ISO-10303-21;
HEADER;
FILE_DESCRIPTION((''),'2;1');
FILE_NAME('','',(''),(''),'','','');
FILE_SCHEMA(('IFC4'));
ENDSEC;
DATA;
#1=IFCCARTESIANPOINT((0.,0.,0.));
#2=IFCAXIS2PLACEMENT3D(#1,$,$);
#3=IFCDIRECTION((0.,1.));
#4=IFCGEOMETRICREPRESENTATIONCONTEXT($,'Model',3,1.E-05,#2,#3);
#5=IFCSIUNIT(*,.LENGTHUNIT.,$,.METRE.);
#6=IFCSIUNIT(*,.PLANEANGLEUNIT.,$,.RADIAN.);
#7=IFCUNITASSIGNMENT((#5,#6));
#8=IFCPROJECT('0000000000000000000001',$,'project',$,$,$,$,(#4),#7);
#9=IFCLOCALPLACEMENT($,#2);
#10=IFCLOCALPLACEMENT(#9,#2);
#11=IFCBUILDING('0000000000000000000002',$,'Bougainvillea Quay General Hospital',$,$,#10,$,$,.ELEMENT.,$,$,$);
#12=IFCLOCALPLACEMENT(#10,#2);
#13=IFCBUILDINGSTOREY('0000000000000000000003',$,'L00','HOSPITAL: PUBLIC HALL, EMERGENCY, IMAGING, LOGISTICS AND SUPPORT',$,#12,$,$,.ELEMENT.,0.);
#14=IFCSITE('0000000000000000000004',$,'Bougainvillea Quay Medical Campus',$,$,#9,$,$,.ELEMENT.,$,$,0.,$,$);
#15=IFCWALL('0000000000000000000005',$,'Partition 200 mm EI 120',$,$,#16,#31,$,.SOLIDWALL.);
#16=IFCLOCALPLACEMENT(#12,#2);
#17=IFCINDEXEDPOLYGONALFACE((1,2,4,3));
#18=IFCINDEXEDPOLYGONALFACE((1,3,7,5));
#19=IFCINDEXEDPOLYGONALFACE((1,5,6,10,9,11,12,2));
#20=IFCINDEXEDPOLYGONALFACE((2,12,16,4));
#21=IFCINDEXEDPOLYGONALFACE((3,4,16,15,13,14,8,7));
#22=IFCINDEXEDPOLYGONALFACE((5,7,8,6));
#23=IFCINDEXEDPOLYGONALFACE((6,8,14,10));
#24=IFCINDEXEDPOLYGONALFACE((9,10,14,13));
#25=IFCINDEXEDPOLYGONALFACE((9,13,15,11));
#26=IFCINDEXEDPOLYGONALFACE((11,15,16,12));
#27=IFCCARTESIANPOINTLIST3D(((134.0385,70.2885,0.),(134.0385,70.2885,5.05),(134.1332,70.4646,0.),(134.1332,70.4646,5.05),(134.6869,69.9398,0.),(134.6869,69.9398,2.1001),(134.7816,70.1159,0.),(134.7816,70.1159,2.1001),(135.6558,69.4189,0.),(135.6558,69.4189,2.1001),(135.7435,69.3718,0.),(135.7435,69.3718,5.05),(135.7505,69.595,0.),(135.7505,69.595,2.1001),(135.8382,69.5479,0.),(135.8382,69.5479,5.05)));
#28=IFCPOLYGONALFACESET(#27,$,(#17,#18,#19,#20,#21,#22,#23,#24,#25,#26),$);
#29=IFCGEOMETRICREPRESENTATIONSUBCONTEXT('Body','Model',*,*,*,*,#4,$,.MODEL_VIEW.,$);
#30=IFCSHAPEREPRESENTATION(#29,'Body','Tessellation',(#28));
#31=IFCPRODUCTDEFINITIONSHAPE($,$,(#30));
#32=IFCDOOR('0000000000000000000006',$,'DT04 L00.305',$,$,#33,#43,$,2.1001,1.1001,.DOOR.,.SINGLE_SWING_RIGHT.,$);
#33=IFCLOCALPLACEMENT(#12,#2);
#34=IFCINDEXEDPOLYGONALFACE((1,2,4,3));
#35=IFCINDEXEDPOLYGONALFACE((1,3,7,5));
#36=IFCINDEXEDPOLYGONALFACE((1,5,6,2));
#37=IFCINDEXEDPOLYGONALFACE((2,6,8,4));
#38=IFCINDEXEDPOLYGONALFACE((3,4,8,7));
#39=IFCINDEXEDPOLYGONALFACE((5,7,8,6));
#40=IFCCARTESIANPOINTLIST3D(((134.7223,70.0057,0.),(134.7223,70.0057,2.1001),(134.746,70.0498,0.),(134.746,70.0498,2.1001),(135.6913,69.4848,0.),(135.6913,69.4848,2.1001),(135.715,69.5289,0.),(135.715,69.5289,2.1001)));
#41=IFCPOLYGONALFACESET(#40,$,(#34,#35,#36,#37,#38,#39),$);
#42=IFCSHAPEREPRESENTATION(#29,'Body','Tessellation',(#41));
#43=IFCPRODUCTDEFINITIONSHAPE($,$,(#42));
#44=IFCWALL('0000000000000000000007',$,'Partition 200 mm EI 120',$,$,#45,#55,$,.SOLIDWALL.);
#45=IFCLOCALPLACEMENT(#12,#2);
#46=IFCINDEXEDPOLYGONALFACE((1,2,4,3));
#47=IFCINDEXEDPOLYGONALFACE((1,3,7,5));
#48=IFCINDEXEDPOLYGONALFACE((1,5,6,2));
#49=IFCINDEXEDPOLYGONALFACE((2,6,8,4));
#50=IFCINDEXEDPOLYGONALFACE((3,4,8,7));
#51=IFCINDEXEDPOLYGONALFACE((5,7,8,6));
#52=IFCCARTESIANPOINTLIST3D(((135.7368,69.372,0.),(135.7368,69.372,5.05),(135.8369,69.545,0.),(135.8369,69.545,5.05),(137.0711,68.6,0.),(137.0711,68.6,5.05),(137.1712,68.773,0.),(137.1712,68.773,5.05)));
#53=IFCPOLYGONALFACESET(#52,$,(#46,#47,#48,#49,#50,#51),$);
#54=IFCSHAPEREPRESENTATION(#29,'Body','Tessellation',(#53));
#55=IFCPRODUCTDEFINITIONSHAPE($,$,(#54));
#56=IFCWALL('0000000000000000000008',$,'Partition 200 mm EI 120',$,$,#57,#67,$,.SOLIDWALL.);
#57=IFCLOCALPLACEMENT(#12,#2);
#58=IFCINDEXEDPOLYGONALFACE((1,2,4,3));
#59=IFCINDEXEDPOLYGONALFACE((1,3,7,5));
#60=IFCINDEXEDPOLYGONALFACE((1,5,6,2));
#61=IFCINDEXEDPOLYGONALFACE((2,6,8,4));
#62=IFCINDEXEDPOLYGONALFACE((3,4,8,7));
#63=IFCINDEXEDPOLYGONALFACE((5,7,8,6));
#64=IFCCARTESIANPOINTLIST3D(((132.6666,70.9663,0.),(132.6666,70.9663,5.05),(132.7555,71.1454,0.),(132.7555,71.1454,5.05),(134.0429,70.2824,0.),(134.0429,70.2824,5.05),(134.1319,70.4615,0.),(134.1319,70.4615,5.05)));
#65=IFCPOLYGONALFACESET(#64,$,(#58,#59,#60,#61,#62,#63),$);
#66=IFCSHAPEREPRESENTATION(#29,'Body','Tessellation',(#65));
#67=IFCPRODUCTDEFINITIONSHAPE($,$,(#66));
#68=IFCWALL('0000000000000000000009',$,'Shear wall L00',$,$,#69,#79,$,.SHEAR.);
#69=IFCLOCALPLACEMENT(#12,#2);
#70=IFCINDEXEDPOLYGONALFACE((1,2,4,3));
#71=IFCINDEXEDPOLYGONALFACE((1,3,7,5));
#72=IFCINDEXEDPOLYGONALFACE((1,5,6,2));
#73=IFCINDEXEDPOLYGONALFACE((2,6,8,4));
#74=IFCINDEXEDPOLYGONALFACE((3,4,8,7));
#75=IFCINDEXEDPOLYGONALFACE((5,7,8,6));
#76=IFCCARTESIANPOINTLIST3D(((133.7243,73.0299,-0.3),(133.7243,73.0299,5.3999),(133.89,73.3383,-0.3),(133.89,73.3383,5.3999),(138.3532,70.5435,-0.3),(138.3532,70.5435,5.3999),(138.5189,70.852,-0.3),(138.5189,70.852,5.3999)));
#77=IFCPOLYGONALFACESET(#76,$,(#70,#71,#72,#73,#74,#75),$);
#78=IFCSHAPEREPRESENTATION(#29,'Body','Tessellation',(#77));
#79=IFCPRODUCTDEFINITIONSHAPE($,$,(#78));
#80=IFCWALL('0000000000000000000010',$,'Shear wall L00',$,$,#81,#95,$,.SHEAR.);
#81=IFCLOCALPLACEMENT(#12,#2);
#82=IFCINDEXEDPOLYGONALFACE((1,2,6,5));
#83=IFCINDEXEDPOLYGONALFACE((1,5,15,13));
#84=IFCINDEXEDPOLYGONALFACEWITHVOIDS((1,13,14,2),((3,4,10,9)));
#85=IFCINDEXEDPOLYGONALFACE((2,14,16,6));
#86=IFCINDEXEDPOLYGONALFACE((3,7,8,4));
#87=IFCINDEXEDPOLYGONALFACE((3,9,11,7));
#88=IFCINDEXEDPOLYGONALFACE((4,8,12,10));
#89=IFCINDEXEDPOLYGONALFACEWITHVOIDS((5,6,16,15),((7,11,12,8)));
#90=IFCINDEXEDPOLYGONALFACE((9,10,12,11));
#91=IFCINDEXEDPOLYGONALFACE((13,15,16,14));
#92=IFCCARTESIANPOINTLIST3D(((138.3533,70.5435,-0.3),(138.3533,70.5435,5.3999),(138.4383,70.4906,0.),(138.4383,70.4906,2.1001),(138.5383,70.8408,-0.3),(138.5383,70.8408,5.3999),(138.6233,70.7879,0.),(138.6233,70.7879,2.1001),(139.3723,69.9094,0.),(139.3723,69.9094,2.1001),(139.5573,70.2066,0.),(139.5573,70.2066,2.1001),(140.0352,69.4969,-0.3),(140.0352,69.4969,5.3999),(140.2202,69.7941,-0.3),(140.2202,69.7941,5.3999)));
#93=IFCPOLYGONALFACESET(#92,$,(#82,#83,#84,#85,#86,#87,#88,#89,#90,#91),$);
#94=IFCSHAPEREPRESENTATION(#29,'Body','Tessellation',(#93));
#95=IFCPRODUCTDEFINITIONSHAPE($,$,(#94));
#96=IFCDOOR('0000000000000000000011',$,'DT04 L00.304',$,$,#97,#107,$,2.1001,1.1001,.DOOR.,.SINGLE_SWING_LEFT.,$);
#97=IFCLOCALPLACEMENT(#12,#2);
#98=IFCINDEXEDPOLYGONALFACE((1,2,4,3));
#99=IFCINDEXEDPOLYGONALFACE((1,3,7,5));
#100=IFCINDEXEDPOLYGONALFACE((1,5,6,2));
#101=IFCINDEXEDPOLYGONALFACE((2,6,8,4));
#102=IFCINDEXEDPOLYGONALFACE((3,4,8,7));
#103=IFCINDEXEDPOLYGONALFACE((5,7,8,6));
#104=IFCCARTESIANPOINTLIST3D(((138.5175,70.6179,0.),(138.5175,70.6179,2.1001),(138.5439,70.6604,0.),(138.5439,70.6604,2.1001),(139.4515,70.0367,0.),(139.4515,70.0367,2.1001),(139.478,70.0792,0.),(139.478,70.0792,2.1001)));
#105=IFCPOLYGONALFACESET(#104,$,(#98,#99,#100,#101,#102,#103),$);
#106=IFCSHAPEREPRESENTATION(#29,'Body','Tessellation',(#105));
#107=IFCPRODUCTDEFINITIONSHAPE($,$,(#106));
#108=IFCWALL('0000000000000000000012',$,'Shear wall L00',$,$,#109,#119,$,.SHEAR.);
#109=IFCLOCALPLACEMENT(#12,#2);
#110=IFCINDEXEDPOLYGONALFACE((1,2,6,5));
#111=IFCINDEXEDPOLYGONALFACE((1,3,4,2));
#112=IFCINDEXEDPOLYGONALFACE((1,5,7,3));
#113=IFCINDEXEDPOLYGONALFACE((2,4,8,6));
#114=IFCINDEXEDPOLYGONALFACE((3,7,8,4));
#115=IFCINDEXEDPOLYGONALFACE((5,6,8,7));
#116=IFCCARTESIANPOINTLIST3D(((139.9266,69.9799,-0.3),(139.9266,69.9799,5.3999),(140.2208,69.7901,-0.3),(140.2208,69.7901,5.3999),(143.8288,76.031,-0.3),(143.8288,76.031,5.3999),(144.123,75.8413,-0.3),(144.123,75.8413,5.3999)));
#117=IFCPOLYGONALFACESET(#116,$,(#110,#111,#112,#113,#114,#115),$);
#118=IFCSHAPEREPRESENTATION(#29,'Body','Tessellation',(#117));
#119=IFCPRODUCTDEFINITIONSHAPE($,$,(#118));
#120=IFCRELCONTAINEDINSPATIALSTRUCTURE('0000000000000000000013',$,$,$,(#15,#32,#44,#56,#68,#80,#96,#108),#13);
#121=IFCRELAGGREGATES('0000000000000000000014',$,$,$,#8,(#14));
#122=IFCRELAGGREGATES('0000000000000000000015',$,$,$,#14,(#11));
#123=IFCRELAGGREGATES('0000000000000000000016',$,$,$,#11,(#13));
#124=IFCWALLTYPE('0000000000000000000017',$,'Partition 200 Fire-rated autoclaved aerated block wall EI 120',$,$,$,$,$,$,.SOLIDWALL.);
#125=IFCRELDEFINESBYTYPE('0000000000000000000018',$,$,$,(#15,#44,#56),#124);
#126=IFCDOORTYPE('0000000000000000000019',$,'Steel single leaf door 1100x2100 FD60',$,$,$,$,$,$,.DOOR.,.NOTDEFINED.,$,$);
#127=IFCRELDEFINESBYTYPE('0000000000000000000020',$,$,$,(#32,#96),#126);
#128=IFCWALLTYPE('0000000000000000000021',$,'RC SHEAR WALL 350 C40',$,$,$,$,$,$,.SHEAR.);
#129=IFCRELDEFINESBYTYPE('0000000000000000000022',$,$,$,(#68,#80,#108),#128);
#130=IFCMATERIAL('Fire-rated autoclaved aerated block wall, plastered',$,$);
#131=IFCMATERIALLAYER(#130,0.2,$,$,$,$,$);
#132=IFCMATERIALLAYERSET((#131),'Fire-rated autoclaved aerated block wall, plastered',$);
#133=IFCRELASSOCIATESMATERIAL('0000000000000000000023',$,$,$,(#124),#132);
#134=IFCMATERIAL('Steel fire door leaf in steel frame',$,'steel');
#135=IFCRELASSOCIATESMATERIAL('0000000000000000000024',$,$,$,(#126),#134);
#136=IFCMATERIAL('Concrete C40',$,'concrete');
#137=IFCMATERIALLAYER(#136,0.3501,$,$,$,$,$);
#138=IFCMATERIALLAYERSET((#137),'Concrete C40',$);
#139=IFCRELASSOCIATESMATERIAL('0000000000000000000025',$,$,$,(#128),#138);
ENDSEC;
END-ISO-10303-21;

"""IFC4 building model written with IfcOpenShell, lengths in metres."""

from ifc_helpers import new_model, si_unit, direction, frame, frame_2d, origin, place, context, subcontext, project, spatial, rectangle, extrude, material, layer, layer_set, type_object, element, fill, save


model = new_model("IFC4")

# Units and contexts
model_context = context("Model", 3, precision=1e-05, world=origin(), true_north=direction((0.0, 1.0)))
body_context = subcontext(model_context, "Body", "Model", "MODEL_VIEW")
ifc_project = project(units=[si_unit("LENGTHUNIT", "METRE"), si_unit("PLANEANGLEUNIT", "RADIAN")], contexts=[model_context])

# Site, building, storey
site_placement = place(None, origin())
site = spatial("IfcSite", under=ifc_project, at=site_placement, Name="Bougainvillea Quay Medical Campus", CompositionType="ELEMENT", RefElevation=0.0)
building_placement = place(site_placement, origin())
building = spatial("IfcBuilding", under=site, at=building_placement, Name="Bougainvillea Quay General Hospital", CompositionType="ELEMENT")
storey_placement = place(building_placement, origin())
storey = spatial("IfcBuildingStorey", under=building, at=storey_placement, Name="L00", Description="HOSPITAL: PUBLIC HALL, EMERGENCY, IMAGING, LOGISTICS AND SUPPORT", CompositionType="ELEMENT", Elevation=0.0)

# Shared definitions
ifc_material_1 = material(Name="Concrete C40", Category="concrete")

# Shared definitions
ifc_material_2 = material(Name="Fire-rated autoclaved aerated block wall, plastered")
ifc_layer_1 = layer(ifc_material_2, 0.2)
ifc_layer_set_1 = layer_set([ifc_layer_1], Name="Fire-rated autoclaved aerated block wall, plastered")
wall_type_1 = type_object("IfcWallType", Name="Partition 200 Fire-rated autoclaved aerated block wall EI 120", PredefinedType="SOLIDWALL", material=ifc_layer_set_1)

# Wall, opening, door
wall_1_placement = place(storey_placement, frame((134.0859, 70.3765, 0.0), z_axis=(0.0, 0.0, 1.0), x_axis=(0.880767, -0.473551, 0.0)))
wall_1 = element("IfcWall", 1, at=wall_1_placement, inside=storey, type_object=wall_type_1, Name="Partition 200 mm EI 120", PredefinedType="SOLIDWALL", context=body_context, shape_type="SweptSolid", body=[
    extrude(rectangle(XDim=1.9358, YDim=0.2, at=frame_2d((0.9678, 0.0))), origin(), (0.0, 0.0, 1.0), 5.05),
])
opening_1_placement = place(wall_1_placement, frame((0.7361, 0.0, 0.0)))
opening_1 = element("IfcOpeningElement", 2, at=opening_1_placement, cuts=wall_1, PredefinedType="OPENING", context=body_context, shape_type="SweptSolid", body=[
    extrude(rectangle(XDim=1.1001, YDim=2.1001, at=frame_2d((0.55, 1.05))), frame((0.0, 0.1099, 0.0), z_axis=(0.0, -1.0, 0.0), x_axis=(1.0, 0.0, 0.0)), (0.0, 0.0, 1.0), 0.22),
])
ifc_material_3 = material(Name="Steel fire door leaf in steel frame", Category="steel")
door_type_1 = type_object("IfcDoorType", Name="Steel single leaf door 1100x2100 FD60", OperationType="NOTDEFINED", PredefinedType="DOOR", material=ifc_material_3)
door_1_placement = place(opening_1_placement, origin())
door_1 = element("IfcDoor", 3, at=door_1_placement, inside=storey, type_object=door_type_1, Name="DT04 L00.305", OperationType="SINGLE_SWING_RIGHT", OverallHeight=2.1001, OverallWidth=1.1001, PredefinedType="DOOR", context=body_context, shape_type="SweptSolid", body=[
    extrude(rectangle(XDim=1.1001, YDim=2.1001, at=frame_2d((0.55, 1.05))), frame((0.0, 0.0249, 0.0), z_axis=(0.0, -1.0, 0.0), x_axis=(1.0, 0.0, 0.0)), (0.0, 0.0, 1.0), 0.05),
])
fill(opening_1, door_1)

# Walls
wall_2_placement = place(storey_placement, frame((135.7869, 69.4585, 0.0), z_axis=(0.0, 0.0, 1.0), x_axis=(0.86556, -0.500805, 0.0)))
element("IfcWall", 4, at=wall_2_placement, inside=storey, type_object=wall_type_1, Name="Partition 200 mm EI 120", PredefinedType="SOLIDWALL", context=body_context, shape_type="SweptSolid", body=[
    extrude(rectangle(XDim=1.5415, YDim=0.2, at=frame_2d((0.7708, 0.0))), origin(), (0.0, 0.0, 1.0), 5.05),
])
wall_3_placement = place(storey_placement, frame((132.7109, 71.0559, 0.0), z_axis=(0.0, 0.0, 1.0), x_axis=(0.895536, -0.444988, 0.0)))
element("IfcWall", 5, at=wall_3_placement, inside=storey, type_object=wall_type_1, Name="Partition 200 mm EI 120", PredefinedType="SOLIDWALL", context=body_context, shape_type="SweptSolid", body=[
    extrude(rectangle(XDim=1.5369, YDim=0.2, at=frame_2d((0.7686, 0.0))), origin(), (0.0, 0.0, 1.0), 5.05),
])
ifc_layer_2 = layer(ifc_material_1, 0.3501)
ifc_layer_set_2 = layer_set([ifc_layer_2], Name="Concrete C40")
wall_type_2 = type_object("IfcWallType", Name="RC SHEAR WALL 350 C40", PredefinedType="SHEAR", material=ifc_layer_set_2)
wall_4_placement = place(storey_placement, frame((138.436, 70.6978, -0.3), z_axis=(0.0, 0.0, 1.0), x_axis=(-0.88096, 0.473191, 0.0)))
element("IfcWall", 6, at=wall_4_placement, inside=storey, type_object=wall_type_2, Name="Shear wall L00", PredefinedType="SHEAR", context=body_context, shape_type="SweptSolid", body=[
    extrude(rectangle(XDim=5.2544, YDim=0.3501, at=frame_2d((2.6272, 0.0))), origin(), (0.0, 0.0, 1.0), 5.7),
])

# Wall, opening, door
wall_5_placement = place(storey_placement, frame((138.4458, 70.6921, -0.3), z_axis=(0.0, 0.0, 1.0), x_axis=(0.849028, -0.528347, 0.0)))
wall_5 = element("IfcWall", 7, at=wall_5_placement, inside=storey, type_object=wall_type_2, Name="Shear wall L00", PredefinedType="SHEAR", context=body_context, shape_type="SweptSolid", body=[
    extrude(rectangle(XDim=1.981, YDim=0.3501, at=frame_2d((0.9905, 0.0))), origin(), (0.0, 0.0, 1.0), 5.7),
])
opening_2_placement = place(wall_5_placement, frame((0.1001, 0.0, 0.3)))
opening_2 = element("IfcOpeningElement", 8, at=opening_2_placement, cuts=wall_5, PredefinedType="OPENING", context=body_context, shape_type="SweptSolid", body=[
    extrude(rectangle(XDim=1.1001, YDim=2.1001, at=frame_2d((0.55, 1.05))), frame((0.0, 0.1851, 0.0), z_axis=(0.0, -1.0, 0.0), x_axis=(1.0, 0.0, 0.0)), (0.0, 0.0, 1.0), 0.3701),
])
door_2_placement = place(opening_2_placement, origin())
door_2 = element("IfcDoor", 9, at=door_2_placement, inside=storey, type_object=door_type_1, Name="DT04 L00.304", OperationType="SINGLE_SWING_LEFT", OverallHeight=2.1001, OverallWidth=1.1001, PredefinedType="DOOR", context=body_context, shape_type="SweptSolid", body=[
    extrude(rectangle(XDim=1.1001, YDim=2.1001, at=frame_2d((0.55, 1.05))), frame((0.0, 0.0249, 0.0), z_axis=(0.0, -1.0, 0.0), x_axis=(1.0, 0.0, 0.0)), (0.0, 0.0, 1.0), 0.05),
])
fill(opening_2, door_2)

# Wall
wall_6_placement = place(storey_placement, frame((140.0737, 69.885, -0.3), z_axis=(0.0, 0.0, 1.0), x_axis=(0.541952, 0.84041, 0.0)))
element("IfcWall", 10, at=wall_6_placement, inside=storey, type_object=wall_type_2, Name="Shear wall L00", PredefinedType="SHEAR", context=body_context, shape_type="SweptSolid", body=[
    extrude(rectangle(XDim=7.2002, YDim=0.3501, at=frame_2d((3.6001, 0.0))), origin(), (0.0, 0.0, 1.0), 5.7),
])

save(model, "model.ifc")
